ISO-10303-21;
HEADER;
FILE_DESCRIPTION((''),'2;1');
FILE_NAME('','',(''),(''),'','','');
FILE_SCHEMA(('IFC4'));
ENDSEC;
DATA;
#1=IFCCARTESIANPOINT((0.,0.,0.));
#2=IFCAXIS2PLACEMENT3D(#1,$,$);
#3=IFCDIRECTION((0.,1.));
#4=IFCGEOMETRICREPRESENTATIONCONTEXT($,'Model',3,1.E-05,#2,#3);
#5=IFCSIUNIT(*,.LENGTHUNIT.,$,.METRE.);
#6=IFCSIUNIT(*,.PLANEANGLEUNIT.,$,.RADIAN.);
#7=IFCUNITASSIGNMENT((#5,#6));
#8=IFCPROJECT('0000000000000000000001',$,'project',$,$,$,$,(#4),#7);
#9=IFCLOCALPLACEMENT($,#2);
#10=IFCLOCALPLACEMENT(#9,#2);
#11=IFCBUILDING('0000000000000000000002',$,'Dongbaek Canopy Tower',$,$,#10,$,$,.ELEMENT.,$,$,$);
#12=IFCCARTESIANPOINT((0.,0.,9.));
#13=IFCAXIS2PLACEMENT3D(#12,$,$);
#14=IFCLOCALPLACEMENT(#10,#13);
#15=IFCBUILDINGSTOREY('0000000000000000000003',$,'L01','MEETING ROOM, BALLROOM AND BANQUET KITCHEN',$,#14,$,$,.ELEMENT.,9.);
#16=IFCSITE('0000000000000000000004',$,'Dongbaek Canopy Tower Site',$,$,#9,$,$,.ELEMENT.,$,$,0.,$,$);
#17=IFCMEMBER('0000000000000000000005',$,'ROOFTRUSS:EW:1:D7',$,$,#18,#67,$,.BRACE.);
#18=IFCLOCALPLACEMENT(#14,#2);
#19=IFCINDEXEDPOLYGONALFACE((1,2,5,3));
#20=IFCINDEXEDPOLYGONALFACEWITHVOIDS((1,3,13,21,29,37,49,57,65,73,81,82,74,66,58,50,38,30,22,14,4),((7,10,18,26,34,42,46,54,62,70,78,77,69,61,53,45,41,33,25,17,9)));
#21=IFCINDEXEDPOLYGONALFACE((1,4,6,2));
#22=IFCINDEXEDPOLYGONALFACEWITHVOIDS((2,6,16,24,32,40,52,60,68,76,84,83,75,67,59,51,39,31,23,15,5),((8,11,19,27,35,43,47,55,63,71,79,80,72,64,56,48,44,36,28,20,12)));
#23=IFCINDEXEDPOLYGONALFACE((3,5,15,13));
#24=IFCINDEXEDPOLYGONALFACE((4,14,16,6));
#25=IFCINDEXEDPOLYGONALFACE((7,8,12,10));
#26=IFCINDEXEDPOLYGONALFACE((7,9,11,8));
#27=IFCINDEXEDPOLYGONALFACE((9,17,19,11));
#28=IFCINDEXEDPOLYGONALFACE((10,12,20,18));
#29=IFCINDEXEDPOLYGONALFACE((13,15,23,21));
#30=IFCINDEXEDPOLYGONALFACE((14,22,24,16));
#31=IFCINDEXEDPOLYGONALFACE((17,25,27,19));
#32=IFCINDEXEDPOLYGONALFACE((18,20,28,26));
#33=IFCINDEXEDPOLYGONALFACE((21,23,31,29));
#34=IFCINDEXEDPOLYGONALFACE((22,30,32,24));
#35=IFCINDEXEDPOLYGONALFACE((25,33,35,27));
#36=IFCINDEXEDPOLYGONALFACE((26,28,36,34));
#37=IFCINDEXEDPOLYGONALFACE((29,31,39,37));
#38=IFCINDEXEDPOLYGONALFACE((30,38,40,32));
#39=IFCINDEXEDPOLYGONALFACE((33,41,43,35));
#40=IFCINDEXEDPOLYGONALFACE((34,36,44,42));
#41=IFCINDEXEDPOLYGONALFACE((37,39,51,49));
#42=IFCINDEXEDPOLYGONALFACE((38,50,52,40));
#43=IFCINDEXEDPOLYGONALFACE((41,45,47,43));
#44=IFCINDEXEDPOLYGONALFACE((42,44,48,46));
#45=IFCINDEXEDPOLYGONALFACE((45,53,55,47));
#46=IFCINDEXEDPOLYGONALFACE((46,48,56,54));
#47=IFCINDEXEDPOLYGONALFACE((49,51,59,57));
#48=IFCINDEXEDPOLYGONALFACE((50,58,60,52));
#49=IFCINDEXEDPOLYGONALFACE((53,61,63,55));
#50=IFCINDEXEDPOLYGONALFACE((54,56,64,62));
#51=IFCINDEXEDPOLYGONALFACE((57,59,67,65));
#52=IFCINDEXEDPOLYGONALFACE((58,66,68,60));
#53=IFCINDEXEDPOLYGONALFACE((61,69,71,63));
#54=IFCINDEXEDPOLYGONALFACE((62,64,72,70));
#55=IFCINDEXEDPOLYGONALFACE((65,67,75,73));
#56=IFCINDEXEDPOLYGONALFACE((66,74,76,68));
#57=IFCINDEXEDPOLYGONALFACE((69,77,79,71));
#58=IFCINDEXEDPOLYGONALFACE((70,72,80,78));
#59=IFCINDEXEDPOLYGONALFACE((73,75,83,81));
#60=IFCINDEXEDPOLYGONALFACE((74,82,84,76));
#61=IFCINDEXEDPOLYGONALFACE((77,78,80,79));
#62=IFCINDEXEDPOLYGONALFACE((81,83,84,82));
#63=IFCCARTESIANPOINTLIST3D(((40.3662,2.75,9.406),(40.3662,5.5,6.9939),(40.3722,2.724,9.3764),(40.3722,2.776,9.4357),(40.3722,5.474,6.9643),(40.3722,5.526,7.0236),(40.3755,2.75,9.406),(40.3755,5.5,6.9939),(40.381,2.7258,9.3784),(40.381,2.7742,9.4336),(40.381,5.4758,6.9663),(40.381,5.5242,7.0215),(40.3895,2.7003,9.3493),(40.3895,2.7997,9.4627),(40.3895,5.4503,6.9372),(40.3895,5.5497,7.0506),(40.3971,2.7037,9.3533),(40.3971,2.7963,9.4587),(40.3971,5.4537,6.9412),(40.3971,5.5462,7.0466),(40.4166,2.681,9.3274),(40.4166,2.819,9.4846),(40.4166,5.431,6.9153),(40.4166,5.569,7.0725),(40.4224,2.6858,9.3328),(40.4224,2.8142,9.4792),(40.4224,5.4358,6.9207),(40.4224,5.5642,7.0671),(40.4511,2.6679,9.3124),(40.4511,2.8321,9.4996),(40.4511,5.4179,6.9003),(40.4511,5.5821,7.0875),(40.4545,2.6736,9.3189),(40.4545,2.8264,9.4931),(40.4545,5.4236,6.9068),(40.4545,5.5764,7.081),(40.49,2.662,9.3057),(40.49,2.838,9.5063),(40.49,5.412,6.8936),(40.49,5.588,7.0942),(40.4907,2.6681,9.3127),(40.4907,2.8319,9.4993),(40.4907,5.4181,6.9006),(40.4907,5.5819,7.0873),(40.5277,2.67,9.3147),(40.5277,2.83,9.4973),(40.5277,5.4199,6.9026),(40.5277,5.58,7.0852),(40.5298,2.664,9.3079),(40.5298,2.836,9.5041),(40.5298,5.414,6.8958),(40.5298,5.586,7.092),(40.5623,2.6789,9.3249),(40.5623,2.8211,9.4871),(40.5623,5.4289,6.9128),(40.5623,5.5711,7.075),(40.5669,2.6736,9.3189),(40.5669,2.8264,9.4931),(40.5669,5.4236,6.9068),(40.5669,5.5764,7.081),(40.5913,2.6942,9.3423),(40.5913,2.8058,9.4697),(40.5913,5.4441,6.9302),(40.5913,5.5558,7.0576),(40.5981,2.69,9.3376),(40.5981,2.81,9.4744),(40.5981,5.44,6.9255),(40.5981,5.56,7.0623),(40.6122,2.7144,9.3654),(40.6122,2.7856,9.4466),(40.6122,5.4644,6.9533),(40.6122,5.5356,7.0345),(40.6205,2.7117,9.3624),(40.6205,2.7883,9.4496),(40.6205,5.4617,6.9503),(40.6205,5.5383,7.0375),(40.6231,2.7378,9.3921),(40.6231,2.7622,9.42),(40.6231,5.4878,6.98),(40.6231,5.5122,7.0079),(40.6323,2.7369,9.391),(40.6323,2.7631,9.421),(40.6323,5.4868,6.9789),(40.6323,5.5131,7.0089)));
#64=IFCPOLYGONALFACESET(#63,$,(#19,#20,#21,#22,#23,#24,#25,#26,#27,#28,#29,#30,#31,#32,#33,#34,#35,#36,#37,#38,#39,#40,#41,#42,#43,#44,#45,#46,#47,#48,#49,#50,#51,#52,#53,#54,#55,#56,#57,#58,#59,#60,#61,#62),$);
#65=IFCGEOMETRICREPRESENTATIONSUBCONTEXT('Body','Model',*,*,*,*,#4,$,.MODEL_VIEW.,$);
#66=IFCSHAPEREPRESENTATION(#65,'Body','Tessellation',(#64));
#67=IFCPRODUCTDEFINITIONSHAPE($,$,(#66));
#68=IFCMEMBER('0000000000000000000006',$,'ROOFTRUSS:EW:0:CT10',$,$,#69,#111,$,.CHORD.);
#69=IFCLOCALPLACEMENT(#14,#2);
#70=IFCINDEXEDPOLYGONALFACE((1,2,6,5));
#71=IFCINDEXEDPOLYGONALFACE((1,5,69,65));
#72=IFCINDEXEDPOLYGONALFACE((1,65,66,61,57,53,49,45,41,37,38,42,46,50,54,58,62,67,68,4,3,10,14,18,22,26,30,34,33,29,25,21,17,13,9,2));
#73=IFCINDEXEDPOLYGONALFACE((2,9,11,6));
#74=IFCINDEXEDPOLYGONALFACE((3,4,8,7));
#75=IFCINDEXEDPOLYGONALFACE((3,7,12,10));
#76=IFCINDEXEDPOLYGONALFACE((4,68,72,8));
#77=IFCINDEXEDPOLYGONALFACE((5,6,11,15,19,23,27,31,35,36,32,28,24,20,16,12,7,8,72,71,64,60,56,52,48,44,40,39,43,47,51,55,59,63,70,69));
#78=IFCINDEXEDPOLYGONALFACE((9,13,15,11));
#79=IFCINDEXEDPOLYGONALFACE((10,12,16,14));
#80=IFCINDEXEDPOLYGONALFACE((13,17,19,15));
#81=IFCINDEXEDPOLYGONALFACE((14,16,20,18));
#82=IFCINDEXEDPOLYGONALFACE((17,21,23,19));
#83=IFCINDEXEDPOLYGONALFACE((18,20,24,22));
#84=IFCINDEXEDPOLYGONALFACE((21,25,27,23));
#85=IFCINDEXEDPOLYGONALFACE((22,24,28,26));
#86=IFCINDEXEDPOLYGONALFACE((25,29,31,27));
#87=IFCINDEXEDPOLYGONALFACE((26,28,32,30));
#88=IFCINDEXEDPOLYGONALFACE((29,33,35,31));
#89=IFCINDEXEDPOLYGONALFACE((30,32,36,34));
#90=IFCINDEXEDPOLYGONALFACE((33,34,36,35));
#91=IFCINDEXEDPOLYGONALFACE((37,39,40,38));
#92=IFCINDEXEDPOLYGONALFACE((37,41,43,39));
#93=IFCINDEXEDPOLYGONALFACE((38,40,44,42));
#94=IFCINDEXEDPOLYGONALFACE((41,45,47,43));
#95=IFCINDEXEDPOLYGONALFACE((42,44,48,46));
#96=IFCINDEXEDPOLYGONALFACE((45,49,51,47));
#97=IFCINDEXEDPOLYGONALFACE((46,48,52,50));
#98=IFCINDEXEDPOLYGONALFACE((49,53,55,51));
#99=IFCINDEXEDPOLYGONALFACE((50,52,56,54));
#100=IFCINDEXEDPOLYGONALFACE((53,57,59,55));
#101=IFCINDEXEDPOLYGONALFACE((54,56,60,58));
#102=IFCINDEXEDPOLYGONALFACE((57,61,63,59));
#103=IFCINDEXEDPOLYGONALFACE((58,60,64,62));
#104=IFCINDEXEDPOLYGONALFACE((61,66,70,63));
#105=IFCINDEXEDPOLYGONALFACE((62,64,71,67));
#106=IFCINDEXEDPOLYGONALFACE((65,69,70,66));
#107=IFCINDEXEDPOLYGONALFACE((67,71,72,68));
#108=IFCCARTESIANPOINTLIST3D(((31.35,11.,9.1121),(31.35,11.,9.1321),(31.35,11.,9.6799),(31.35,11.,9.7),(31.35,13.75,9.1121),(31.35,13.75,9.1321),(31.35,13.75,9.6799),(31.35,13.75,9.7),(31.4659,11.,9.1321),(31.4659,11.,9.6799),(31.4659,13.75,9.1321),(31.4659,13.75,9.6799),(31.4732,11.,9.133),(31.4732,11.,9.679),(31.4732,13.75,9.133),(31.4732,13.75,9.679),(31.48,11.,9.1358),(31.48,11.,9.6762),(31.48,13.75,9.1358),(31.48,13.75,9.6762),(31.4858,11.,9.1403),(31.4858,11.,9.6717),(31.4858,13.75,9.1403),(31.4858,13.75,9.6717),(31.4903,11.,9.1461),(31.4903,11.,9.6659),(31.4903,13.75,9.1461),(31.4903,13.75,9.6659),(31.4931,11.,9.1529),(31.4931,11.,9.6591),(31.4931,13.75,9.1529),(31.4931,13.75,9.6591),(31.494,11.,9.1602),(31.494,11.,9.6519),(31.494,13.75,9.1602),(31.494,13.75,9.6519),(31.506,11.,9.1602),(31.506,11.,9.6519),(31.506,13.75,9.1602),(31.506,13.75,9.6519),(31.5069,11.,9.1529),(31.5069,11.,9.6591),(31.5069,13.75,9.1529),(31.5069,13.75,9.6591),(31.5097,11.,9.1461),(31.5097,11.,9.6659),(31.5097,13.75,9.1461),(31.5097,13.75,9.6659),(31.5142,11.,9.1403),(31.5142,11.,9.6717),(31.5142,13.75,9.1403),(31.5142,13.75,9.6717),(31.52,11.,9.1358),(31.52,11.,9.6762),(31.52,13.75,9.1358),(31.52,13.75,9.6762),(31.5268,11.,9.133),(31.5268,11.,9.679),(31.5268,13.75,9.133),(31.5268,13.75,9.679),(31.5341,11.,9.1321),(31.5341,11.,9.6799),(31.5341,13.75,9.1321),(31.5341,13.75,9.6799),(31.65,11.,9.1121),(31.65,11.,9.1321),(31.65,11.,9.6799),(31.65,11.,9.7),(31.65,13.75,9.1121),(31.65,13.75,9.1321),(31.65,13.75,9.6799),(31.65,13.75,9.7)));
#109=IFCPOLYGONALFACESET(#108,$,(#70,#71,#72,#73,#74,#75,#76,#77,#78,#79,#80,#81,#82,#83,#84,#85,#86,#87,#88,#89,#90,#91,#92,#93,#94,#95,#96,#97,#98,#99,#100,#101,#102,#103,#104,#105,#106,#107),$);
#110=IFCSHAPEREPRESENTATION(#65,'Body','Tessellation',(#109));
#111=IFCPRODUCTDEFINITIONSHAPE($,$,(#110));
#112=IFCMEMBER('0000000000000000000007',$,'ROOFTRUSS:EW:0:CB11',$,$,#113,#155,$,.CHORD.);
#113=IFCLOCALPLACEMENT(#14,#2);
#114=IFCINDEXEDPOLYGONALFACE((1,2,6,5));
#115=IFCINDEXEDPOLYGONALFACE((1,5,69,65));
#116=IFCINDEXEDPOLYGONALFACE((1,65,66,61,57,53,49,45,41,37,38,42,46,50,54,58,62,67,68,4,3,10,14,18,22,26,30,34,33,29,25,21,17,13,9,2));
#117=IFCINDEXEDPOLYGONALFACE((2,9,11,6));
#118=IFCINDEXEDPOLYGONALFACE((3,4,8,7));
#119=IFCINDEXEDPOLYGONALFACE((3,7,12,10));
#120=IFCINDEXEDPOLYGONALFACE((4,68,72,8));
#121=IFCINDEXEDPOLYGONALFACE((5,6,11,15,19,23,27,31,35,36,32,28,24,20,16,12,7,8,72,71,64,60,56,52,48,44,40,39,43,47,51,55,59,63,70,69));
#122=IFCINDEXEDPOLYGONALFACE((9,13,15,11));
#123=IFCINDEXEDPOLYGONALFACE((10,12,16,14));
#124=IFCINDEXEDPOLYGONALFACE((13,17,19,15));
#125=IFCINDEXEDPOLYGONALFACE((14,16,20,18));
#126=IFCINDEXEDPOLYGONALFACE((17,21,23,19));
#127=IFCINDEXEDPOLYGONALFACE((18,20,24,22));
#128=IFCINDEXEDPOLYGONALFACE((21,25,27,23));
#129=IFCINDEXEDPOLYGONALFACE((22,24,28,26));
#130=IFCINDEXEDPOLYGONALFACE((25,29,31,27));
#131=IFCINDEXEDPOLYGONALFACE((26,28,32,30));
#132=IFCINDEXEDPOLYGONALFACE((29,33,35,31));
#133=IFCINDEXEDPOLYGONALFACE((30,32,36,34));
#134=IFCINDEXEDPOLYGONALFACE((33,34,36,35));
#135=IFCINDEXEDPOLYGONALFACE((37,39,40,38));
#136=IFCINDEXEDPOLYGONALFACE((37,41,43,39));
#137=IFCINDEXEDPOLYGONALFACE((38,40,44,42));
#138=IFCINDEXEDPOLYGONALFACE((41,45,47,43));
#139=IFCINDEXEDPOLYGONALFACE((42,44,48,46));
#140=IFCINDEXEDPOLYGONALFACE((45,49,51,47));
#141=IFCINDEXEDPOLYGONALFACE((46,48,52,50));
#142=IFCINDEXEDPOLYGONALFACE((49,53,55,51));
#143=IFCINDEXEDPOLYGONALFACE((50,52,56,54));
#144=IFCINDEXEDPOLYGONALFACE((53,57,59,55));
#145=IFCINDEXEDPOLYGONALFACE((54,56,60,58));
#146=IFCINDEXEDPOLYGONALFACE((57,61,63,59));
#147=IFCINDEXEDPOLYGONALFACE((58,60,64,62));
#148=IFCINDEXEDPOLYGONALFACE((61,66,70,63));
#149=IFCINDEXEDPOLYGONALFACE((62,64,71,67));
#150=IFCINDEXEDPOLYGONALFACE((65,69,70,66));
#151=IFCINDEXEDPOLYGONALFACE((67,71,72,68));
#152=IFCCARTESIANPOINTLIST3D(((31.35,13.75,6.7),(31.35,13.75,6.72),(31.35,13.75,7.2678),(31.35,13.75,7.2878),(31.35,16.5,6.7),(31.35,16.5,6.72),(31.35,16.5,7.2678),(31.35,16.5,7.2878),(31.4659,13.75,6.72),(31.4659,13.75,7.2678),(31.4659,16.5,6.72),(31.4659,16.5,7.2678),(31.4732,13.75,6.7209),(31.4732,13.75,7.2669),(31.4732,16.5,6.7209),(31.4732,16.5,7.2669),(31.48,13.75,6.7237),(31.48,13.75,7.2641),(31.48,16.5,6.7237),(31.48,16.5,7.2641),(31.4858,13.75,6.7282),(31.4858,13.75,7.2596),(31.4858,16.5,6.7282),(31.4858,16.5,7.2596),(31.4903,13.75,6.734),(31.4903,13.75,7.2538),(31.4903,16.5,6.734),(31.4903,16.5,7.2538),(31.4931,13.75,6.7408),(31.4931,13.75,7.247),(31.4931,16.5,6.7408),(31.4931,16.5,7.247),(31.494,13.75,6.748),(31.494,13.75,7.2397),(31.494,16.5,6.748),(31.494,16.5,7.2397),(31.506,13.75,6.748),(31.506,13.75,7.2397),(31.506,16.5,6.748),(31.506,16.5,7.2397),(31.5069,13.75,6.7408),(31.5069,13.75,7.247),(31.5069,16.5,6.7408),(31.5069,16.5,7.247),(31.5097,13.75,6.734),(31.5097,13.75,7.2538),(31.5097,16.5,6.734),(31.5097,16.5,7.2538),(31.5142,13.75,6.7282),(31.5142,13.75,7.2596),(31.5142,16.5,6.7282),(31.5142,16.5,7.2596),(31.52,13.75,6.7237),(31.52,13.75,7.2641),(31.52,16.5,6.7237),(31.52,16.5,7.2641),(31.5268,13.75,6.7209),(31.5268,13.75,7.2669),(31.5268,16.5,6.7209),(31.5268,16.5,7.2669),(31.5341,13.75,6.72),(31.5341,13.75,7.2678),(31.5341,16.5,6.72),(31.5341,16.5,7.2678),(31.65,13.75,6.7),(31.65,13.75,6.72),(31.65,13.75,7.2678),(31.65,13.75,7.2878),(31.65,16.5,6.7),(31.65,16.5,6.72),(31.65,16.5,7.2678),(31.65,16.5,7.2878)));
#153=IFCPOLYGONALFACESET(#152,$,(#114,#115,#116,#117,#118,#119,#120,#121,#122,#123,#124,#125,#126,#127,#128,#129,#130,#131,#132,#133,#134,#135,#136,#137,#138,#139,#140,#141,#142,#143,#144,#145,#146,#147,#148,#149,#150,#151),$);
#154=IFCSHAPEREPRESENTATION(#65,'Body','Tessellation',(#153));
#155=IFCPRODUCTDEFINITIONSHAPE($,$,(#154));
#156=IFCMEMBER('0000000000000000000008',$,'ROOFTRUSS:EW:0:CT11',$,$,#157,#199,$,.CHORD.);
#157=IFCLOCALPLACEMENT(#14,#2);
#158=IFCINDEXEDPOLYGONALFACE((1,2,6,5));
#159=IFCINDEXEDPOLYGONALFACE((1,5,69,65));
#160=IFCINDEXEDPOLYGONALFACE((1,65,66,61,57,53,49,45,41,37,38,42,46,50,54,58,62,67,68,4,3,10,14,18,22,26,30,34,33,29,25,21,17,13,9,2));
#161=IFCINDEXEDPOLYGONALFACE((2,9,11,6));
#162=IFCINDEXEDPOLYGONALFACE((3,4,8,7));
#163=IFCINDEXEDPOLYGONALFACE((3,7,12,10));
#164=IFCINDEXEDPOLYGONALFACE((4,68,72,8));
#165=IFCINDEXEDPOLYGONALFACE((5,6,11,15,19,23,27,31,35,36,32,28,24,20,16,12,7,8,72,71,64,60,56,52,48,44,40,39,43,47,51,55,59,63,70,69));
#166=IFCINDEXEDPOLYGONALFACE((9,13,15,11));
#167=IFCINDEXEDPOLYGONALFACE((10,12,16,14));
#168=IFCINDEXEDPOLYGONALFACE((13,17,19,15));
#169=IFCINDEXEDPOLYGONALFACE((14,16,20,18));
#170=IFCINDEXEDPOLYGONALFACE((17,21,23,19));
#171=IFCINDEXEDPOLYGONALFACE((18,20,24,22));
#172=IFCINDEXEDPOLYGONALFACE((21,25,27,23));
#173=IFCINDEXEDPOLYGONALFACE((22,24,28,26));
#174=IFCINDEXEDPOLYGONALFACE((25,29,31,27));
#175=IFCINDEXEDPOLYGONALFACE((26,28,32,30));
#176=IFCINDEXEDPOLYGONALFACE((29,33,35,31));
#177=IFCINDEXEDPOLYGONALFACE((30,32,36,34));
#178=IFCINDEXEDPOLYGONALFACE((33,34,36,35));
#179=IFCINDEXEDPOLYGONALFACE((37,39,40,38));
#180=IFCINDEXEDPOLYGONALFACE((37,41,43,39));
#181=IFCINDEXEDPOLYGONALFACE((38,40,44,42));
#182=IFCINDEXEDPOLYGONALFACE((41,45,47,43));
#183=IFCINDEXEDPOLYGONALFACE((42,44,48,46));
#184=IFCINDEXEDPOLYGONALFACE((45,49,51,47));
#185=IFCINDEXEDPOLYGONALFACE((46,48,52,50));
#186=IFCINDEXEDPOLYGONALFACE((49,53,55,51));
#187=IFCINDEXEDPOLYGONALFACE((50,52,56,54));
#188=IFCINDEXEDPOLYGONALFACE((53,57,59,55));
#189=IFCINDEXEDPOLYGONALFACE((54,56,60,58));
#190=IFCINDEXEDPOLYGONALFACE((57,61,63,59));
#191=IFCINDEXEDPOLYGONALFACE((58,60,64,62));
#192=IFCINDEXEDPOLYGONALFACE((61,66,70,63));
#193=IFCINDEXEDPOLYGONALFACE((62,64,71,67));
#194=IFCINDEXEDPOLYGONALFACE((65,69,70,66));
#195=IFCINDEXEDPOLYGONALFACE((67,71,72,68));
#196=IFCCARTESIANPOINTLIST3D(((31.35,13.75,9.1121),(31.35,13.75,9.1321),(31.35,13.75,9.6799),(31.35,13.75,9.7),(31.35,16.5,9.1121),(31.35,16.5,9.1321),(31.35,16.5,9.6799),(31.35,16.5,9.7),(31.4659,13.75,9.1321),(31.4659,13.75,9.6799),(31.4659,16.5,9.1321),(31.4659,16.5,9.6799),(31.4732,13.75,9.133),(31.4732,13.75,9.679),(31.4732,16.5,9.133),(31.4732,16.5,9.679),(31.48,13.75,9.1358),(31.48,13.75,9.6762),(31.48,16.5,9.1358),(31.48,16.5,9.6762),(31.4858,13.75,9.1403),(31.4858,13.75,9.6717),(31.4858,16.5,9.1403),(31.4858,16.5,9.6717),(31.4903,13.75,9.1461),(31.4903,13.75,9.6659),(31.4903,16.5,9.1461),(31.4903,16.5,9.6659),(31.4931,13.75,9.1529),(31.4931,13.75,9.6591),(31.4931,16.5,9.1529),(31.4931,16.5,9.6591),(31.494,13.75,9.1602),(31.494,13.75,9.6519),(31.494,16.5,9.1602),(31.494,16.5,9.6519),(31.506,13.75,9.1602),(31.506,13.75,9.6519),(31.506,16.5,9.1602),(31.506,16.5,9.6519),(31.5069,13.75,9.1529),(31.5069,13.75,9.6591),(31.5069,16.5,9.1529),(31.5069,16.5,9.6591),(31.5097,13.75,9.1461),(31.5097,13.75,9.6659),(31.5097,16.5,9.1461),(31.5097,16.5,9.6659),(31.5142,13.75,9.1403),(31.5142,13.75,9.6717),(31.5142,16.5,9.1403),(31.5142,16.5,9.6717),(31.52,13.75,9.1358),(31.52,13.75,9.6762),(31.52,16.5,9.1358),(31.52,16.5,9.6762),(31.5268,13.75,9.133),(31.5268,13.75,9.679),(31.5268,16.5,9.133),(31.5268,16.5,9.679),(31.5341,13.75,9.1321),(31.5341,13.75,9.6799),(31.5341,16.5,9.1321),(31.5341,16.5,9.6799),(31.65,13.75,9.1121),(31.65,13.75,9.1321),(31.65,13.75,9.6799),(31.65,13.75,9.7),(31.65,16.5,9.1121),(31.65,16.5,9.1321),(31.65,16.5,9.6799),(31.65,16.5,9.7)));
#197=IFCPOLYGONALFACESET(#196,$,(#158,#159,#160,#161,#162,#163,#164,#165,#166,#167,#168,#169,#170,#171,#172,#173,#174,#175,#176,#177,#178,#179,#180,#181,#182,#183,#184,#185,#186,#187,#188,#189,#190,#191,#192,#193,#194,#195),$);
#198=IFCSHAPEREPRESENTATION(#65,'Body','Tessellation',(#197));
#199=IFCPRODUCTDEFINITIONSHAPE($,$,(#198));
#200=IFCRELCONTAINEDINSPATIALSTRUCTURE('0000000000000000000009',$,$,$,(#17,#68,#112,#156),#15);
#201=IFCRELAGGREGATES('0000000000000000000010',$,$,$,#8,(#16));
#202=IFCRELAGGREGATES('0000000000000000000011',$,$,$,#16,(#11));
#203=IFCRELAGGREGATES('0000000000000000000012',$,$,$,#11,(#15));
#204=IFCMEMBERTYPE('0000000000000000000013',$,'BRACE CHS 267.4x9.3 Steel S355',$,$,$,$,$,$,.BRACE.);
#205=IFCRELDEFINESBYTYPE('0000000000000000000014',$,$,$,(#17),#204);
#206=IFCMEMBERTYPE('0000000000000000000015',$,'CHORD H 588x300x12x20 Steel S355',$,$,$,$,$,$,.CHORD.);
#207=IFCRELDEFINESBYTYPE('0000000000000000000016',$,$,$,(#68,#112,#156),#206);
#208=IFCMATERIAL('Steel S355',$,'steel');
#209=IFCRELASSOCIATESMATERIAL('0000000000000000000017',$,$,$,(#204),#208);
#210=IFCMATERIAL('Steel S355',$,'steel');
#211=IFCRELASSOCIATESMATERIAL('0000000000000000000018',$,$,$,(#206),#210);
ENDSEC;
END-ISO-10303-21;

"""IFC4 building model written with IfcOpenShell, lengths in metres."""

from ifc_helpers import new_model, si_unit, direction, frame, origin, origin_2d, place, context, subcontext, project, spatial, hollow_circle, i_section, extrude, material, material_profile, profile_set, type_object, element, save


model = new_model("IFC4")

# Units and contexts
model_context = context("Model", 3, precision=1e-05, world=origin(), true_north=direction((0.0, 1.0)))
body_context = subcontext(model_context, "Body", "Model", "MODEL_VIEW")
ifc_project = project(units=[si_unit("LENGTHUNIT", "METRE"), si_unit("PLANEANGLEUNIT", "RADIAN")], contexts=[model_context])

# Site, building, storey
site_placement = place(None, origin())
site = spatial("IfcSite", under=ifc_project, at=site_placement, Name="Dongbaek Canopy Tower Site", CompositionType="ELEMENT", RefElevation=0.0)
building_placement = place(site_placement, origin())
building = spatial("IfcBuilding", under=site, at=building_placement, Name="Dongbaek Canopy Tower", CompositionType="ELEMENT")
storey_placement = place(building_placement, frame((0.0, 0.0, 9.0)))
storey = spatial("IfcBuildingStorey", under=building, at=storey_placement, Name="L01", Description="MEETING ROOM, BALLROOM AND BANQUET KITCHEN", CompositionType="ELEMENT", Elevation=9.0)

# Members
ifc_material_1 = material(Name="Steel S355", Category="steel")
ifc_material_profile_1 = material_profile(ifc_material_1, hollow_circle(Radius=0.1338, WallThickness=0.0093, at=origin_2d()), Name="BRACE CHS 267.4x9.3 Steel S355")
ifc_profile_set_1 = profile_set([ifc_material_profile_1], Name="Steel S355")
member_type_1 = type_object("IfcMemberType", Name="BRACE CHS 267.4x9.3 Steel S355", PredefinedType="BRACE", material=ifc_profile_set_1)
for number, where, z_axis, x_axis, name in (
    (1, (40.5, 2.75, 9.406), (0.0, 0.751782, -0.659411), (-1.0, 0.0, 0.0), "ROOFTRUSS:EW:1:D7"),
):
    element("IfcMember", number, at=place(storey_placement, frame(where, z_axis=z_axis, x_axis=x_axis)), inside=storey, type_object=member_type_1, Name=name, PredefinedType="BRACE", context=body_context, shape_type="SweptSolid", body=[
        extrude(hollow_circle(Radius=0.1338, WallThickness=0.0093, at=origin_2d()), origin(), (0.0, 0.0, 1.0), 3.658),
    ])
ifc_material_2 = material(Name="Steel S355", Category="steel")
ifc_material_profile_2 = material_profile(ifc_material_2, i_section(OverallWidth=0.3, OverallDepth=0.5879, WebThickness=0.012, FlangeThickness=0.02, FilletRadius=0.0281, at=origin_2d()), Name="CHORD H 588x300x12x20 Steel S355")
ifc_profile_set_2 = profile_set([ifc_material_profile_2], Name="Steel S355")
member_type_2 = type_object("IfcMemberType", Name="CHORD H 588x300x12x20 Steel S355", PredefinedType="CHORD", material=ifc_profile_set_2)
for number, where, z_axis, x_axis, name in (
    (2, (31.5, 11.0, 9.406), (0.0, 1.0, 0.0), (-1.0, 0.0, 0.0), "ROOFTRUSS:EW:0:CT10"),
    (3, (31.5, 13.75, 6.9939), (0.0, 1.0, 0.0), (-1.0, 0.0, 0.0), "ROOFTRUSS:EW:0:CB11"),
    (4, (31.5, 13.75, 9.406), (0.0, 1.0, 0.0), (-1.0, 0.0, 0.0), "ROOFTRUSS:EW:0:CT11"),
):
    element("IfcMember", number, at=place(storey_placement, frame(where, z_axis=z_axis, x_axis=x_axis)), inside=storey, type_object=member_type_2, Name=name, PredefinedType="CHORD", context=body_context, shape_type="SweptSolid", body=[
        extrude(i_section(OverallWidth=0.3, OverallDepth=0.5879, WebThickness=0.012, FlangeThickness=0.02, FilletRadius=0.0281, at=origin_2d()), origin(), (0.0, 0.0, 1.0), 2.75),
    ])

save(model, "model.ifc")
